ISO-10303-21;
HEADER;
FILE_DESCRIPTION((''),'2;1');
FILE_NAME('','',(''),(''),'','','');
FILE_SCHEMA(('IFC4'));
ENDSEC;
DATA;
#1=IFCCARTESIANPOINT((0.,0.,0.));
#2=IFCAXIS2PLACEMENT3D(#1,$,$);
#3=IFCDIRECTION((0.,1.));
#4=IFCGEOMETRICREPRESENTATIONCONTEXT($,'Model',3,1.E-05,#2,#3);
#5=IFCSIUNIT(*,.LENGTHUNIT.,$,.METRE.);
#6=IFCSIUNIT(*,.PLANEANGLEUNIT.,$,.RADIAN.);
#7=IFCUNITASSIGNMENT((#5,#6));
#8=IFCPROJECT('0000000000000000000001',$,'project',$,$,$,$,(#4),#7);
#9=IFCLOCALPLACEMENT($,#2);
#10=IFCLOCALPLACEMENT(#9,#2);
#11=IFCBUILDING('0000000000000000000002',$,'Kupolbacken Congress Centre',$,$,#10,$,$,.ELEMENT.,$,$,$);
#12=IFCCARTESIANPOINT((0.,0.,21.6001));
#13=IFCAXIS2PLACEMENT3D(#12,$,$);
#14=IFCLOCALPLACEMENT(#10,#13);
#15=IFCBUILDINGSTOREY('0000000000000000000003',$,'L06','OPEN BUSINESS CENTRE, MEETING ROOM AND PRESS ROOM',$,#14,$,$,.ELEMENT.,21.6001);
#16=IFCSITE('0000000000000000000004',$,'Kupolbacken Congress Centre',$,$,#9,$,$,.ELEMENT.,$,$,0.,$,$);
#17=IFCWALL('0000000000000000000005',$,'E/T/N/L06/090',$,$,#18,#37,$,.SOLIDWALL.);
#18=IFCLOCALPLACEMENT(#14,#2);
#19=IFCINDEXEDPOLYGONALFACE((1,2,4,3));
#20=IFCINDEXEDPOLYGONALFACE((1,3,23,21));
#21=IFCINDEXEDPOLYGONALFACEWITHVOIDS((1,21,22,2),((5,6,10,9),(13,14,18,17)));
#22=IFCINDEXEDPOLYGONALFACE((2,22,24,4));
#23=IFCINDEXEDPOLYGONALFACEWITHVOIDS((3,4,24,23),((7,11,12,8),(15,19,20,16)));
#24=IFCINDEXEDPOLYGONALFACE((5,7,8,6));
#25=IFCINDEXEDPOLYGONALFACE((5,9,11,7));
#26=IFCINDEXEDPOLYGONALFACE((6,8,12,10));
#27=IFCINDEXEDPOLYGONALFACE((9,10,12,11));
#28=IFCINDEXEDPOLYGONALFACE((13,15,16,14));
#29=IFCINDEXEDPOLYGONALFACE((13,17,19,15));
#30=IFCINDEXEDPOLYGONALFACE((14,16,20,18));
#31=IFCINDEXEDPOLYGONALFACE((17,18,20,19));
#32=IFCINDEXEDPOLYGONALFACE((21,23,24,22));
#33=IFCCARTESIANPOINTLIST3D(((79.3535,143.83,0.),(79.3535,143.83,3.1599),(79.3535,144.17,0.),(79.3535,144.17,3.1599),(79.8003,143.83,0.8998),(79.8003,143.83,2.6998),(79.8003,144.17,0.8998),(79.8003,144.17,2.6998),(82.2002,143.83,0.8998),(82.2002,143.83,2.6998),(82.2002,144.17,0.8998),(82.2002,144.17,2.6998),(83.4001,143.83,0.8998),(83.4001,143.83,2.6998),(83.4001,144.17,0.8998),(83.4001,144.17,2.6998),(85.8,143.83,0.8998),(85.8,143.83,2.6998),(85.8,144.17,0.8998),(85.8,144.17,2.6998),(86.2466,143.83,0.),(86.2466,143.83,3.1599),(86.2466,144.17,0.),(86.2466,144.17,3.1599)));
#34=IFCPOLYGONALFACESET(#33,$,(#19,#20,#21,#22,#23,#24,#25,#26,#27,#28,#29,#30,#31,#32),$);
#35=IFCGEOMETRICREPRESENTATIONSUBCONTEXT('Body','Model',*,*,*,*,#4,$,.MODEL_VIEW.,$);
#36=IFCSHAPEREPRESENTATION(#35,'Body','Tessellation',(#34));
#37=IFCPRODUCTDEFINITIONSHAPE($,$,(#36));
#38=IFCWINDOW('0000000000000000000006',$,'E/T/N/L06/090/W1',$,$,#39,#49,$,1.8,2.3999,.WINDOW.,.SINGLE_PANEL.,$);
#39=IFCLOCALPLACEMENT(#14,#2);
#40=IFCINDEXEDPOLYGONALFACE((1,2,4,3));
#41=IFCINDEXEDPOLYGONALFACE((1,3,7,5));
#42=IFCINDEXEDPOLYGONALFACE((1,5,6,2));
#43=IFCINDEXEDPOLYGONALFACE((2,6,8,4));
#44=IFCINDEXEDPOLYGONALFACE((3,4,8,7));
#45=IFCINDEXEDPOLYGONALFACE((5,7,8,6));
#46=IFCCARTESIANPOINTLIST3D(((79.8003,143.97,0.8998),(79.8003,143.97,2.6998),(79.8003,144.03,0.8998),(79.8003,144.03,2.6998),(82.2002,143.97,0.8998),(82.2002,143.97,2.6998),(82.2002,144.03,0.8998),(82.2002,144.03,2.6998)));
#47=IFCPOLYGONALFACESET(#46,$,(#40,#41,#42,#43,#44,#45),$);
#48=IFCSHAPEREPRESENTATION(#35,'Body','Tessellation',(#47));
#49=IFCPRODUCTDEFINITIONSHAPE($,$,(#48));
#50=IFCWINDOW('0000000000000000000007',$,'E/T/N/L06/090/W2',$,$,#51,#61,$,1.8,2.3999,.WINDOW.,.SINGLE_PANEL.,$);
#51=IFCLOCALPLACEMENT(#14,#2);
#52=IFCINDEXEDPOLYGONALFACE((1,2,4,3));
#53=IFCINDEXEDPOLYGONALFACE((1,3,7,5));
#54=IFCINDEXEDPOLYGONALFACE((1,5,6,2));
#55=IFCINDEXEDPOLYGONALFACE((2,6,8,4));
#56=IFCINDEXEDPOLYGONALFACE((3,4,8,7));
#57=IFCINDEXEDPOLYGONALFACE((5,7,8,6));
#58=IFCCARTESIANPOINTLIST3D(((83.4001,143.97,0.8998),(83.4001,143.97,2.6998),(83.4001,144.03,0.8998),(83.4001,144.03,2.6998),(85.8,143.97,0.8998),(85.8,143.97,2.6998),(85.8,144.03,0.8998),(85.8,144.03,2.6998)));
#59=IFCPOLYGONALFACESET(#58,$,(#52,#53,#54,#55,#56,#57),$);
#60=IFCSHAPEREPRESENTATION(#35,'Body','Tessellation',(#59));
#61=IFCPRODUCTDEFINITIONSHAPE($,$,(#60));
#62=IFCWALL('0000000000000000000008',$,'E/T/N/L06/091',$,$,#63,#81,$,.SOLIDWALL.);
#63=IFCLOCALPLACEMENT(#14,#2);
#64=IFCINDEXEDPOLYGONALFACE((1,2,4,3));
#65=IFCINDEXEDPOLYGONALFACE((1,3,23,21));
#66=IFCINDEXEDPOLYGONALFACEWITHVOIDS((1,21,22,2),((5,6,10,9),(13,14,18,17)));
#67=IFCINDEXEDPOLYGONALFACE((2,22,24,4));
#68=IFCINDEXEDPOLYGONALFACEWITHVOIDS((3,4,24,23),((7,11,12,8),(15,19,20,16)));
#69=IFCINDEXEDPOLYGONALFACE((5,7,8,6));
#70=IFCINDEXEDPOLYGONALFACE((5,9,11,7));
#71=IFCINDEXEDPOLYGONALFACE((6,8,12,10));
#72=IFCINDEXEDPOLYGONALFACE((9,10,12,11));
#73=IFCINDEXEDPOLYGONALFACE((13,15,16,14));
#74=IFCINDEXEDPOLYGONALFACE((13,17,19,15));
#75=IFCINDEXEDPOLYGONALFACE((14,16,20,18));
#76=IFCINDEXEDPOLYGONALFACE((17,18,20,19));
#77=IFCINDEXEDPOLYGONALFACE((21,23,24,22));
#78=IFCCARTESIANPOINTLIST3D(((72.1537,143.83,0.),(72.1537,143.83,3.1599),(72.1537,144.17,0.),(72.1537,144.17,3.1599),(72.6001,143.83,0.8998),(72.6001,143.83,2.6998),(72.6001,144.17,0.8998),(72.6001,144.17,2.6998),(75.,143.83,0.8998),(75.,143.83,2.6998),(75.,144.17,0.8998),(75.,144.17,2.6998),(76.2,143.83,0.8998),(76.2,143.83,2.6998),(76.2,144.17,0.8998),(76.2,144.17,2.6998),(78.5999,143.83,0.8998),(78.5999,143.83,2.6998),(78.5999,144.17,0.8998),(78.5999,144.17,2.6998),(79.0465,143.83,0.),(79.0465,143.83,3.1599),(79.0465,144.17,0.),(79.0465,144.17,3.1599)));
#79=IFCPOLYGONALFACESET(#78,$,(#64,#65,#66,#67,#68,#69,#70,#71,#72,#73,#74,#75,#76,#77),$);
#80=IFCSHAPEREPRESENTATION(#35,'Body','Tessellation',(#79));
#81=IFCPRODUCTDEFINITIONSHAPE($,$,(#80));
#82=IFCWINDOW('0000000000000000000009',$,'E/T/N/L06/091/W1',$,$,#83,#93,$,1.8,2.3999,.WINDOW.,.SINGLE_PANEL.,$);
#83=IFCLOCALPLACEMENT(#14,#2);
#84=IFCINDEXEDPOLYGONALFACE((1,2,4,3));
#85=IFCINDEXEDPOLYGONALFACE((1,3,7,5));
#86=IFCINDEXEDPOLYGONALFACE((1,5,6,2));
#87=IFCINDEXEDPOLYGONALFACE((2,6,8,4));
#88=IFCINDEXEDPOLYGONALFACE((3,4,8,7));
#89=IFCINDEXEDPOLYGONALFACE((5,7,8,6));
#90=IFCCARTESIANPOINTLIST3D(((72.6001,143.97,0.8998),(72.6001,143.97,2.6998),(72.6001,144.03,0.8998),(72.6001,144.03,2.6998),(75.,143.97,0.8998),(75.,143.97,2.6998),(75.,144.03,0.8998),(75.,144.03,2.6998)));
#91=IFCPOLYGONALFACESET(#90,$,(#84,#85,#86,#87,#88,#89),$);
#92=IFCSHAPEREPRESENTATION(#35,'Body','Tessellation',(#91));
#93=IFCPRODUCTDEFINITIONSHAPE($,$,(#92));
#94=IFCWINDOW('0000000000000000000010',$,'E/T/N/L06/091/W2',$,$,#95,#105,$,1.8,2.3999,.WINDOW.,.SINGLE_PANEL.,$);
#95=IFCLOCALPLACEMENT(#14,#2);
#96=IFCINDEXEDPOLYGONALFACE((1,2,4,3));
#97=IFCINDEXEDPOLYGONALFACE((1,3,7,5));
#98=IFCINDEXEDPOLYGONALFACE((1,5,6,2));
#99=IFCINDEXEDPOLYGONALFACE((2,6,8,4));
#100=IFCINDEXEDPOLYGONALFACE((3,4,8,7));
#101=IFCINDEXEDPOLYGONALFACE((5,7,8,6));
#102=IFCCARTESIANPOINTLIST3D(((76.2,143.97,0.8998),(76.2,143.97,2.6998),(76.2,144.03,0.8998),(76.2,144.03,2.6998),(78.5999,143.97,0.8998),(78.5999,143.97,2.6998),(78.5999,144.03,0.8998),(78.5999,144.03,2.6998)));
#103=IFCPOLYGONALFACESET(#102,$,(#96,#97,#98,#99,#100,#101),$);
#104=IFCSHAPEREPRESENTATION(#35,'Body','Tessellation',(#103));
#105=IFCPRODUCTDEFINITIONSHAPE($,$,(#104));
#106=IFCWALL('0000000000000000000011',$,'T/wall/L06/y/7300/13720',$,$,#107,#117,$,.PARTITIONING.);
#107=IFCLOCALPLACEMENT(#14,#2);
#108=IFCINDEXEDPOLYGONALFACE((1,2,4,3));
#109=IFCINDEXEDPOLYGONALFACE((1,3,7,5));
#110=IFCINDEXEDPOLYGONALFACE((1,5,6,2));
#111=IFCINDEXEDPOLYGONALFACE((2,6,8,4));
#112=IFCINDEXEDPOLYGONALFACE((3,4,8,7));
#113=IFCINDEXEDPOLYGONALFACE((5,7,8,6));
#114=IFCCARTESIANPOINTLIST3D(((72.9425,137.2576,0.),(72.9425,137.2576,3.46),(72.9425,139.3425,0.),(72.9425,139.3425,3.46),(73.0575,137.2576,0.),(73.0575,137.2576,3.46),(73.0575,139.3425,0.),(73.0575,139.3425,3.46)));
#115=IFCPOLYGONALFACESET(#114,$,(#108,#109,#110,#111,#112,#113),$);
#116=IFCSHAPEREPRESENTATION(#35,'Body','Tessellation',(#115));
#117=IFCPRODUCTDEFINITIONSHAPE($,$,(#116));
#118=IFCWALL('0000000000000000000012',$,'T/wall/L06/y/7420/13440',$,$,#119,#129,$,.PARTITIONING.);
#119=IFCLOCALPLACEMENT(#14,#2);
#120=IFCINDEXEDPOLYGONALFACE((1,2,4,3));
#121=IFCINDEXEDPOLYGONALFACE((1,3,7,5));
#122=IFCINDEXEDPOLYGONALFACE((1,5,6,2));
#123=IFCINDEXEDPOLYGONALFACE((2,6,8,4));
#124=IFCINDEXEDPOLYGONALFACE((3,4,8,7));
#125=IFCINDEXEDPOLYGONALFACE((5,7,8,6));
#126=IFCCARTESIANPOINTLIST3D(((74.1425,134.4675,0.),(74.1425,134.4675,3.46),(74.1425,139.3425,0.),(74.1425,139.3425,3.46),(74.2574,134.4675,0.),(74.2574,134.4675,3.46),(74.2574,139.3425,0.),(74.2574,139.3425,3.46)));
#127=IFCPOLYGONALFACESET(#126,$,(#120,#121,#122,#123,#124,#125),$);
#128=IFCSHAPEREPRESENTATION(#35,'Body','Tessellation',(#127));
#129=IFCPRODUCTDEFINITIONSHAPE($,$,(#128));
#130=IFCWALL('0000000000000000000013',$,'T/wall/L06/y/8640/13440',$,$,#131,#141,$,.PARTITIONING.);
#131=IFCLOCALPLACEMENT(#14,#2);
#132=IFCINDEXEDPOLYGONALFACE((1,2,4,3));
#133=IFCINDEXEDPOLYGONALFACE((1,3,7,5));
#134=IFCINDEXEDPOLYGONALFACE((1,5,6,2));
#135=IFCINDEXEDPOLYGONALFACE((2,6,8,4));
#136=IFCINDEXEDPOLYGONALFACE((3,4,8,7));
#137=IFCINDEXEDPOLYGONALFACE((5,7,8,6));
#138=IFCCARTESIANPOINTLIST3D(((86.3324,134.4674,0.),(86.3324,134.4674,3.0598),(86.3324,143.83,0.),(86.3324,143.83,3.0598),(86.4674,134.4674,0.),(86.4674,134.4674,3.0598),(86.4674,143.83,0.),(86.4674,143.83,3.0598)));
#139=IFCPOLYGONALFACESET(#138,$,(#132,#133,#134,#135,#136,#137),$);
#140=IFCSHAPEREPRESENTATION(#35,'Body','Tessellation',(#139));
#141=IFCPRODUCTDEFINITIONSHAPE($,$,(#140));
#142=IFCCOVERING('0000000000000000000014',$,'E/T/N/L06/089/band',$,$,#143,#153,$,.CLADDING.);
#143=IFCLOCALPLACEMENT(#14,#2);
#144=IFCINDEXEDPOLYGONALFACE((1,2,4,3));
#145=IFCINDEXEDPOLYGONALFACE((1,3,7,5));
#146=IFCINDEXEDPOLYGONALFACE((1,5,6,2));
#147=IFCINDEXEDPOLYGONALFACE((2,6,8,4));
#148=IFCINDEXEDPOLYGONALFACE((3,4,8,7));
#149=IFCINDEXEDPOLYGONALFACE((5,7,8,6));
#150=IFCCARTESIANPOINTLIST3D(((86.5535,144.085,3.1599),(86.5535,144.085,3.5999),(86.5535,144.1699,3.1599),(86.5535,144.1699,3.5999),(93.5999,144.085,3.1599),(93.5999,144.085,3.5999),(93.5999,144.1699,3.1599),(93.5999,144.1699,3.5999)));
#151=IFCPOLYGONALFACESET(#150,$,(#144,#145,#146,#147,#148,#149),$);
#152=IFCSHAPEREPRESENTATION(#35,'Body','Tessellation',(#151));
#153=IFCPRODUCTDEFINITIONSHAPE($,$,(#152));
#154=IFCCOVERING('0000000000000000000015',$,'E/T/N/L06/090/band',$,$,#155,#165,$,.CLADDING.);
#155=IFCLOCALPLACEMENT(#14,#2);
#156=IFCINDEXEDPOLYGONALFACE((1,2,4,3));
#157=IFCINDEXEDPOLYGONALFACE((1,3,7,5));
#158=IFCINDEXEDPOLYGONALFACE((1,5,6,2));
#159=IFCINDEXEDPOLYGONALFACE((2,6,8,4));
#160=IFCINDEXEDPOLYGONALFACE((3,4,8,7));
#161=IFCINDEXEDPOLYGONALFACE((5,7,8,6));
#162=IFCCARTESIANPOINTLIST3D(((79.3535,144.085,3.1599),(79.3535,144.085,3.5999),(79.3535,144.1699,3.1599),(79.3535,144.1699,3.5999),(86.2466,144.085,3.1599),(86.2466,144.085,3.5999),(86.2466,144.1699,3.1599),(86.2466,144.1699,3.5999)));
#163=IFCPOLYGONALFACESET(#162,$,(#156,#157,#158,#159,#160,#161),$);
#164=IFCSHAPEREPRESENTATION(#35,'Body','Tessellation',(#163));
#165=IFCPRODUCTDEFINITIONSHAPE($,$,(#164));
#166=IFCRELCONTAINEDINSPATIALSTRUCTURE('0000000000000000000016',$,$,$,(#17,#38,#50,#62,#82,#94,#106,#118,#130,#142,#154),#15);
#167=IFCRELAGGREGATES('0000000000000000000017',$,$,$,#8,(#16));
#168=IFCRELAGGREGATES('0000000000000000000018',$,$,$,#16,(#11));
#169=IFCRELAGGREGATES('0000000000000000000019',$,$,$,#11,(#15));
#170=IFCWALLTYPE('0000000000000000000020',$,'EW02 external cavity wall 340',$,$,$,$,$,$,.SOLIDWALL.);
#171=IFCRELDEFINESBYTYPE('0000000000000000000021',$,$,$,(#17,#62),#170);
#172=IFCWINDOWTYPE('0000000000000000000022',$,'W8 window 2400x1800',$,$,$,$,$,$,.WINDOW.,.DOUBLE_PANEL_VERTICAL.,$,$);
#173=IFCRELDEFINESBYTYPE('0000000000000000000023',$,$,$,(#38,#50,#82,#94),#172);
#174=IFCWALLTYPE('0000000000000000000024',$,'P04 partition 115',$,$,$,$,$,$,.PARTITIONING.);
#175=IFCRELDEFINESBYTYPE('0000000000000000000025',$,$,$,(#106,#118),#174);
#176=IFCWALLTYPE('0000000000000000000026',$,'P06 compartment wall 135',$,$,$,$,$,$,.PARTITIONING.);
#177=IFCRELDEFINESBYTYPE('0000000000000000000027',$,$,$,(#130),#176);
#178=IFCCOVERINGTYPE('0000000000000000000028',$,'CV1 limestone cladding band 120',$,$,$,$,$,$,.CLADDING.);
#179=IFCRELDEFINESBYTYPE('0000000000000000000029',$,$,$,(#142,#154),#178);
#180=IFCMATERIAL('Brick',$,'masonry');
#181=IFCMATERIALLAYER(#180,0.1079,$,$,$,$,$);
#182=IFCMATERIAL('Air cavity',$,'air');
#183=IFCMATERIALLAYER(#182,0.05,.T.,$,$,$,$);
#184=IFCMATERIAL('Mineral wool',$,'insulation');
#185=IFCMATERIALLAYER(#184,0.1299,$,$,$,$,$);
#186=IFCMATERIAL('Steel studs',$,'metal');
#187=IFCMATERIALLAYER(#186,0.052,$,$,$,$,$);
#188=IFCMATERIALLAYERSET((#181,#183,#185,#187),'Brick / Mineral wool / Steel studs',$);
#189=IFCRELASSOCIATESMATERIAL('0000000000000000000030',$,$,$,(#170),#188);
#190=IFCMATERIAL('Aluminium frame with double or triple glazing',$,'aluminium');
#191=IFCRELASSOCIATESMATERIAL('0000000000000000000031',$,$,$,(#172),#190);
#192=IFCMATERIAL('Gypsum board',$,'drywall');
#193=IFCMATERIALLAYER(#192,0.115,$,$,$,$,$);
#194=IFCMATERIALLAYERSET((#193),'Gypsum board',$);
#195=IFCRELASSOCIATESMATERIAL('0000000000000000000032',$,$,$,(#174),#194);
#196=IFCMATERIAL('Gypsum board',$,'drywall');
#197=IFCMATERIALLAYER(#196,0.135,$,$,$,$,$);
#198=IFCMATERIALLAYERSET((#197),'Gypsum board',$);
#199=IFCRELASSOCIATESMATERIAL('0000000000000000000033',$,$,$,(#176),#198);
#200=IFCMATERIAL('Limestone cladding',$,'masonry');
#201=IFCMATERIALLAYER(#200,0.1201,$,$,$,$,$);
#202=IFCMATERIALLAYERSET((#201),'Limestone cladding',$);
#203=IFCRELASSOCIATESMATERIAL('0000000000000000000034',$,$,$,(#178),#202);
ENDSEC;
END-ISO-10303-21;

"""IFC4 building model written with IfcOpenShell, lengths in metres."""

from ifc_helpers import new_model, si_unit, direction, frame, frame_2d, origin, origin_2d, place, context, subcontext, project, spatial, rectangle, extrude, material, layer, layer_set, type_object, element, fill, save


model = new_model("IFC4")

# Units and contexts
model_context = context("Model", 3, precision=1e-05, world=origin(), true_north=direction((0.0, 1.0)))
body_context = subcontext(model_context, "Body", "Model", "MODEL_VIEW")
ifc_project = project(units=[si_unit("LENGTHUNIT", "METRE"), si_unit("PLANEANGLEUNIT", "RADIAN")], contexts=[model_context])

# Site, building, storey
site_placement = place(None, origin())
site = spatial("IfcSite", under=ifc_project, at=site_placement, Name="Kupolbacken Congress Centre", CompositionType="ELEMENT", RefElevation=0.0)
building_placement = place(site_placement, origin())
building = spatial("IfcBuilding", under=site, at=building_placement, Name="Kupolbacken Congress Centre", CompositionType="ELEMENT")
storey_placement = place(building_placement, frame((0.0, 0.0, 21.6001)))
storey = spatial("IfcBuildingStorey", under=building, at=storey_placement, Name="L06", Description="OPEN BUSINESS CENTRE, MEETING ROOM AND PRESS ROOM", CompositionType="ELEMENT", Elevation=21.6001)

# Walls, openings, windows
ifc_material_1 = material(Name="Brick", Category="masonry")
ifc_layer_1 = layer(ifc_material_1, 0.1079)
ifc_material_2 = material(Name="Air cavity", Category="air")
ifc_layer_2 = layer(ifc_material_2, 0.05, ventilated=True)
ifc_material_3 = material(Name="Mineral wool", Category="insulation")
ifc_layer_3 = layer(ifc_material_3, 0.1299)
ifc_material_4 = material(Name="Steel studs", Category="metal")
ifc_layer_4 = layer(ifc_material_4, 0.052)
ifc_layer_set_1 = layer_set([ifc_layer_1, ifc_layer_2, ifc_layer_3, ifc_layer_4], Name="Brick / Mineral wool / Steel studs")
wall_type_1 = type_object("IfcWallType", Name="EW02 external cavity wall 340", PredefinedType="SOLIDWALL", material=ifc_layer_set_1)
wall_1_placement = place(storey_placement, frame((86.2466, 144.0, 0.0), z_axis=(0.0, 0.0, 1.0), x_axis=(-1.0, 0.0, 0.0)))
wall_1 = element("IfcWall", 1, at=wall_1_placement, inside=storey, type_object=wall_type_1, Name="E/T/N/L06/090", PredefinedType="SOLIDWALL", context=body_context, shape_type="SweptSolid", body=[
    extrude(rectangle(XDim=6.8931, YDim=0.3401, at=frame_2d((3.4465, 0.0))), origin(), (0.0, 0.0, 1.0), 3.1599),
])
opening_1_placement = place(wall_1_placement, frame((4.0464, 0.0, 0.8999)))
opening_1 = element("IfcOpeningElement", 2, at=opening_1_placement, cuts=wall_1, PredefinedType="OPENING", context=body_context, shape_type="SweptSolid", body=[
    extrude(rectangle(XDim=2.3999, YDim=1.8, at=frame_2d((1.2, 0.8999))), frame((0.0, 0.1799, 0.0), z_axis=(0.0, -1.0, 0.0), x_axis=(1.0, 0.0, 0.0)), (0.0, 0.0, 1.0), 0.3601),
])
opening_2_placement = place(wall_1_placement, frame((0.4465, 0.0, 0.8999)))
opening_2 = element("IfcOpeningElement", 3, at=opening_2_placement, cuts=wall_1, PredefinedType="OPENING", context=body_context, shape_type="SweptSolid", body=[
    extrude(rectangle(XDim=2.3999, YDim=1.8, at=frame_2d((1.2, 0.8999))), frame((0.0, 0.1799, 0.0), z_axis=(0.0, -1.0, 0.0), x_axis=(1.0, 0.0, 0.0)), (0.0, 0.0, 1.0), 0.3601),
])
ifc_material_5 = material(Name="Aluminium frame with double or triple glazing", Category="aluminium")
window_type = type_object("IfcWindowType", Name="W8 window 2400x1800", PartitioningType="DOUBLE_PANEL_VERTICAL", PredefinedType="WINDOW", material=ifc_material_5)
window_1_placement = place(opening_1_placement, origin())
window_1 = element("IfcWindow", 4, at=window_1_placement, inside=storey, type_object=window_type, Name="E/T/N/L06/090/W1", OverallHeight=1.8, OverallWidth=2.3999, PartitioningType="SINGLE_PANEL", PredefinedType="WINDOW", context=body_context, shape_type="SweptSolid", body=[
    extrude(rectangle(XDim=2.3999, YDim=1.8, at=frame_2d((1.2, 0.8999))), frame((0.0, 0.03, 0.0), z_axis=(0.0, -1.0, 0.0), x_axis=(1.0, 0.0, 0.0)), (0.0, 0.0, 1.0), 0.0601),
])
fill(opening_1, window_1)
window_2_placement = place(opening_2_placement, origin())
window_2 = element("IfcWindow", 5, at=window_2_placement, inside=storey, type_object=window_type, Name="E/T/N/L06/090/W2", OverallHeight=1.8, OverallWidth=2.3999, PartitioningType="SINGLE_PANEL", PredefinedType="WINDOW", context=body_context, shape_type="SweptSolid", body=[
    extrude(rectangle(XDim=2.3999, YDim=1.8, at=frame_2d((1.2, 0.8999))), frame((0.0, 0.03, 0.0), z_axis=(0.0, -1.0, 0.0), x_axis=(1.0, 0.0, 0.0)), (0.0, 0.0, 1.0), 0.0601),
])
fill(opening_2, window_2)
wall_2_placement = place(storey_placement, frame((79.0464, 144.0, 0.0), z_axis=(0.0, 0.0, 1.0), x_axis=(-1.0, 0.0, 0.0)))
wall_2 = element("IfcWall", 6, at=wall_2_placement, inside=storey, type_object=wall_type_1, Name="E/T/N/L06/091", PredefinedType="SOLIDWALL", context=body_context, shape_type="SweptSolid", body=[
    extrude(rectangle(XDim=6.8928, YDim=0.3401, at=frame_2d((3.4463, 0.0))), origin(), (0.0, 0.0, 1.0), 3.1599),
])
opening_3_placement = place(wall_2_placement, frame((4.0464, 0.0, 0.8999)))
opening_3 = element("IfcOpeningElement", 7, at=opening_3_placement, cuts=wall_2, PredefinedType="OPENING", context=body_context, shape_type="SweptSolid", body=[
    extrude(rectangle(XDim=2.3999, YDim=1.8, at=frame_2d((1.2, 0.8999))), frame((0.0, 0.1799, 0.0), z_axis=(0.0, -1.0, 0.0), x_axis=(1.0, 0.0, 0.0)), (0.0, 0.0, 1.0), 0.3601),
])
opening_4_placement = place(wall_2_placement, frame((0.4465, 0.0, 0.8999)))
opening_4 = element("IfcOpeningElement", 8, at=opening_4_placement, cuts=wall_2, PredefinedType="OPENING", context=body_context, shape_type="SweptSolid", body=[
    extrude(rectangle(XDim=2.3999, YDim=1.8, at=frame_2d((1.2, 0.8999))), frame((0.0, 0.1799, 0.0), z_axis=(0.0, -1.0, 0.0), x_axis=(1.0, 0.0, 0.0)), (0.0, 0.0, 1.0), 0.3601),
])
window_3_placement = place(opening_3_placement, origin())
window_3 = element("IfcWindow", 9, at=window_3_placement, inside=storey, type_object=window_type, Name="E/T/N/L06/091/W1", OverallHeight=1.8, OverallWidth=2.3999, PartitioningType="SINGLE_PANEL", PredefinedType="WINDOW", context=body_context, shape_type="SweptSolid", body=[
    extrude(rectangle(XDim=2.3999, YDim=1.8, at=frame_2d((1.2, 0.8999))), frame((0.0, 0.03, 0.0), z_axis=(0.0, -1.0, 0.0), x_axis=(1.0, 0.0, 0.0)), (0.0, 0.0, 1.0), 0.0601),
])
fill(opening_3, window_3)
window_4_placement = place(opening_4_placement, origin())
window_4 = element("IfcWindow", 10, at=window_4_placement, inside=storey, type_object=window_type, Name="E/T/N/L06/091/W2", OverallHeight=1.8, OverallWidth=2.3999, PartitioningType="SINGLE_PANEL", PredefinedType="WINDOW", context=body_context, shape_type="SweptSolid", body=[
    extrude(rectangle(XDim=2.3999, YDim=1.8, at=frame_2d((1.2, 0.8999))), frame((0.0, 0.03, 0.0), z_axis=(0.0, -1.0, 0.0), x_axis=(1.0, 0.0, 0.0)), (0.0, 0.0, 1.0), 0.0601),
])
fill(opening_4, window_4)

# Walls
ifc_material_6 = material(Name="Gypsum board", Category="drywall")
ifc_layer_5 = layer(ifc_material_6, 0.115)
ifc_layer_set_2 = layer_set([ifc_layer_5], Name="Gypsum board")
wall_type_2 = type_object("IfcWallType", Name="P04 partition 115", PredefinedType="PARTITIONING", material=ifc_layer_set_2)
wall_3_placement = place(storey_placement, frame((73.0, 137.2576, 0.0), z_axis=(0.0, 0.0, 1.0), x_axis=(0.0, 1.0, 0.0)))
element("IfcWall", 11, at=wall_3_placement, inside=storey, type_object=wall_type_2, Name="T/wall/L06/y/7300/13720", PredefinedType="PARTITIONING", context=body_context, shape_type="SweptSolid", body=[
    extrude(rectangle(XDim=2.085, YDim=0.115, at=frame_2d((1.0425, 0.0))), origin(), (0.0, 0.0, 1.0), 3.46),
])
wall_4_placement = place(storey_placement, frame((74.2, 134.4675, 0.0), z_axis=(0.0, 0.0, 1.0), x_axis=(0.0, 1.0, 0.0)))
element("IfcWall", 12, at=wall_4_placement, inside=storey, type_object=wall_type_2, Name="T/wall/L06/y/7420/13440", PredefinedType="PARTITIONING", context=body_context, shape_type="SweptSolid", body=[
    extrude(rectangle(XDim=4.875, YDim=0.115, at=frame_2d((2.4375, 0.0))), origin(), (0.0, 0.0, 1.0), 3.46),
])
ifc_material_7 = material(Name="Gypsum board", Category="drywall")
ifc_layer_6 = layer(ifc_material_7, 0.135)
ifc_layer_set_3 = layer_set([ifc_layer_6], Name="Gypsum board")
wall_type_3 = type_object("IfcWallType", Name="P06 compartment wall 135", PredefinedType="PARTITIONING", material=ifc_layer_set_3)
wall_5_placement = place(storey_placement, frame((86.3999, 134.4675, 0.0), z_axis=(0.0, 0.0, 1.0), x_axis=(0.0, 1.0, 0.0)))
element("IfcWall", 13, at=wall_5_placement, inside=storey, type_object=wall_type_3, Name="T/wall/L06/y/8640/13440", PredefinedType="PARTITIONING", context=body_context, shape_type="SweptSolid", body=[
    extrude(rectangle(XDim=9.3625, YDim=0.135, at=frame_2d((4.6812, 0.0))), origin(), (0.0, 0.0, 1.0), 3.0598),
])

# Coverings
ifc_material_8 = material(Name="Limestone cladding", Category="masonry")
ifc_layer_7 = layer(ifc_material_8, 0.1201)
ifc_layer_set_4 = layer_set([ifc_layer_7], Name="Limestone cladding")
covering_type_1 = type_object("IfcCoveringType", Name="CV1 limestone cladding band 120", PredefinedType="CLADDING", material=ifc_layer_set_4)
covering_placement = place(storey_placement, frame((90.0767, 144.1274, 3.1599), z_axis=(0.0, 0.0, 1.0), x_axis=(-1.0, 0.0, 0.0)))
element("IfcCovering", 14, at=covering_placement, inside=storey, type_object=covering_type_1, Name="E/T/N/L06/089/band", PredefinedType="CLADDING", context=body_context, shape_type="SweptSolid", body=[
    extrude(rectangle(XDim=7.0464, YDim=0.085, at=origin_2d()), origin(), (0.0, 0.0, 1.0), 0.4399),
])
for number, where, z_axis, x_axis, name in (
    (15, (82.8, 144.1274, 3.1599), (0.0, 0.0, 1.0), (-1.0, 0.0, 0.0), "E/T/N/L06/090/band"),
):
    element("IfcCovering", number, at=place(storey_placement, frame(where, z_axis=z_axis, x_axis=x_axis)), inside=storey, type_object=covering_type_1, Name=name, PredefinedType="CLADDING", context=body_context, shape_type="SweptSolid", body=[
        extrude(rectangle(XDim=6.8931, YDim=0.085, at=origin_2d()), origin(), (0.0, 0.0, 1.0), 0.4399),
    ])

save(model, "model.ifc")
